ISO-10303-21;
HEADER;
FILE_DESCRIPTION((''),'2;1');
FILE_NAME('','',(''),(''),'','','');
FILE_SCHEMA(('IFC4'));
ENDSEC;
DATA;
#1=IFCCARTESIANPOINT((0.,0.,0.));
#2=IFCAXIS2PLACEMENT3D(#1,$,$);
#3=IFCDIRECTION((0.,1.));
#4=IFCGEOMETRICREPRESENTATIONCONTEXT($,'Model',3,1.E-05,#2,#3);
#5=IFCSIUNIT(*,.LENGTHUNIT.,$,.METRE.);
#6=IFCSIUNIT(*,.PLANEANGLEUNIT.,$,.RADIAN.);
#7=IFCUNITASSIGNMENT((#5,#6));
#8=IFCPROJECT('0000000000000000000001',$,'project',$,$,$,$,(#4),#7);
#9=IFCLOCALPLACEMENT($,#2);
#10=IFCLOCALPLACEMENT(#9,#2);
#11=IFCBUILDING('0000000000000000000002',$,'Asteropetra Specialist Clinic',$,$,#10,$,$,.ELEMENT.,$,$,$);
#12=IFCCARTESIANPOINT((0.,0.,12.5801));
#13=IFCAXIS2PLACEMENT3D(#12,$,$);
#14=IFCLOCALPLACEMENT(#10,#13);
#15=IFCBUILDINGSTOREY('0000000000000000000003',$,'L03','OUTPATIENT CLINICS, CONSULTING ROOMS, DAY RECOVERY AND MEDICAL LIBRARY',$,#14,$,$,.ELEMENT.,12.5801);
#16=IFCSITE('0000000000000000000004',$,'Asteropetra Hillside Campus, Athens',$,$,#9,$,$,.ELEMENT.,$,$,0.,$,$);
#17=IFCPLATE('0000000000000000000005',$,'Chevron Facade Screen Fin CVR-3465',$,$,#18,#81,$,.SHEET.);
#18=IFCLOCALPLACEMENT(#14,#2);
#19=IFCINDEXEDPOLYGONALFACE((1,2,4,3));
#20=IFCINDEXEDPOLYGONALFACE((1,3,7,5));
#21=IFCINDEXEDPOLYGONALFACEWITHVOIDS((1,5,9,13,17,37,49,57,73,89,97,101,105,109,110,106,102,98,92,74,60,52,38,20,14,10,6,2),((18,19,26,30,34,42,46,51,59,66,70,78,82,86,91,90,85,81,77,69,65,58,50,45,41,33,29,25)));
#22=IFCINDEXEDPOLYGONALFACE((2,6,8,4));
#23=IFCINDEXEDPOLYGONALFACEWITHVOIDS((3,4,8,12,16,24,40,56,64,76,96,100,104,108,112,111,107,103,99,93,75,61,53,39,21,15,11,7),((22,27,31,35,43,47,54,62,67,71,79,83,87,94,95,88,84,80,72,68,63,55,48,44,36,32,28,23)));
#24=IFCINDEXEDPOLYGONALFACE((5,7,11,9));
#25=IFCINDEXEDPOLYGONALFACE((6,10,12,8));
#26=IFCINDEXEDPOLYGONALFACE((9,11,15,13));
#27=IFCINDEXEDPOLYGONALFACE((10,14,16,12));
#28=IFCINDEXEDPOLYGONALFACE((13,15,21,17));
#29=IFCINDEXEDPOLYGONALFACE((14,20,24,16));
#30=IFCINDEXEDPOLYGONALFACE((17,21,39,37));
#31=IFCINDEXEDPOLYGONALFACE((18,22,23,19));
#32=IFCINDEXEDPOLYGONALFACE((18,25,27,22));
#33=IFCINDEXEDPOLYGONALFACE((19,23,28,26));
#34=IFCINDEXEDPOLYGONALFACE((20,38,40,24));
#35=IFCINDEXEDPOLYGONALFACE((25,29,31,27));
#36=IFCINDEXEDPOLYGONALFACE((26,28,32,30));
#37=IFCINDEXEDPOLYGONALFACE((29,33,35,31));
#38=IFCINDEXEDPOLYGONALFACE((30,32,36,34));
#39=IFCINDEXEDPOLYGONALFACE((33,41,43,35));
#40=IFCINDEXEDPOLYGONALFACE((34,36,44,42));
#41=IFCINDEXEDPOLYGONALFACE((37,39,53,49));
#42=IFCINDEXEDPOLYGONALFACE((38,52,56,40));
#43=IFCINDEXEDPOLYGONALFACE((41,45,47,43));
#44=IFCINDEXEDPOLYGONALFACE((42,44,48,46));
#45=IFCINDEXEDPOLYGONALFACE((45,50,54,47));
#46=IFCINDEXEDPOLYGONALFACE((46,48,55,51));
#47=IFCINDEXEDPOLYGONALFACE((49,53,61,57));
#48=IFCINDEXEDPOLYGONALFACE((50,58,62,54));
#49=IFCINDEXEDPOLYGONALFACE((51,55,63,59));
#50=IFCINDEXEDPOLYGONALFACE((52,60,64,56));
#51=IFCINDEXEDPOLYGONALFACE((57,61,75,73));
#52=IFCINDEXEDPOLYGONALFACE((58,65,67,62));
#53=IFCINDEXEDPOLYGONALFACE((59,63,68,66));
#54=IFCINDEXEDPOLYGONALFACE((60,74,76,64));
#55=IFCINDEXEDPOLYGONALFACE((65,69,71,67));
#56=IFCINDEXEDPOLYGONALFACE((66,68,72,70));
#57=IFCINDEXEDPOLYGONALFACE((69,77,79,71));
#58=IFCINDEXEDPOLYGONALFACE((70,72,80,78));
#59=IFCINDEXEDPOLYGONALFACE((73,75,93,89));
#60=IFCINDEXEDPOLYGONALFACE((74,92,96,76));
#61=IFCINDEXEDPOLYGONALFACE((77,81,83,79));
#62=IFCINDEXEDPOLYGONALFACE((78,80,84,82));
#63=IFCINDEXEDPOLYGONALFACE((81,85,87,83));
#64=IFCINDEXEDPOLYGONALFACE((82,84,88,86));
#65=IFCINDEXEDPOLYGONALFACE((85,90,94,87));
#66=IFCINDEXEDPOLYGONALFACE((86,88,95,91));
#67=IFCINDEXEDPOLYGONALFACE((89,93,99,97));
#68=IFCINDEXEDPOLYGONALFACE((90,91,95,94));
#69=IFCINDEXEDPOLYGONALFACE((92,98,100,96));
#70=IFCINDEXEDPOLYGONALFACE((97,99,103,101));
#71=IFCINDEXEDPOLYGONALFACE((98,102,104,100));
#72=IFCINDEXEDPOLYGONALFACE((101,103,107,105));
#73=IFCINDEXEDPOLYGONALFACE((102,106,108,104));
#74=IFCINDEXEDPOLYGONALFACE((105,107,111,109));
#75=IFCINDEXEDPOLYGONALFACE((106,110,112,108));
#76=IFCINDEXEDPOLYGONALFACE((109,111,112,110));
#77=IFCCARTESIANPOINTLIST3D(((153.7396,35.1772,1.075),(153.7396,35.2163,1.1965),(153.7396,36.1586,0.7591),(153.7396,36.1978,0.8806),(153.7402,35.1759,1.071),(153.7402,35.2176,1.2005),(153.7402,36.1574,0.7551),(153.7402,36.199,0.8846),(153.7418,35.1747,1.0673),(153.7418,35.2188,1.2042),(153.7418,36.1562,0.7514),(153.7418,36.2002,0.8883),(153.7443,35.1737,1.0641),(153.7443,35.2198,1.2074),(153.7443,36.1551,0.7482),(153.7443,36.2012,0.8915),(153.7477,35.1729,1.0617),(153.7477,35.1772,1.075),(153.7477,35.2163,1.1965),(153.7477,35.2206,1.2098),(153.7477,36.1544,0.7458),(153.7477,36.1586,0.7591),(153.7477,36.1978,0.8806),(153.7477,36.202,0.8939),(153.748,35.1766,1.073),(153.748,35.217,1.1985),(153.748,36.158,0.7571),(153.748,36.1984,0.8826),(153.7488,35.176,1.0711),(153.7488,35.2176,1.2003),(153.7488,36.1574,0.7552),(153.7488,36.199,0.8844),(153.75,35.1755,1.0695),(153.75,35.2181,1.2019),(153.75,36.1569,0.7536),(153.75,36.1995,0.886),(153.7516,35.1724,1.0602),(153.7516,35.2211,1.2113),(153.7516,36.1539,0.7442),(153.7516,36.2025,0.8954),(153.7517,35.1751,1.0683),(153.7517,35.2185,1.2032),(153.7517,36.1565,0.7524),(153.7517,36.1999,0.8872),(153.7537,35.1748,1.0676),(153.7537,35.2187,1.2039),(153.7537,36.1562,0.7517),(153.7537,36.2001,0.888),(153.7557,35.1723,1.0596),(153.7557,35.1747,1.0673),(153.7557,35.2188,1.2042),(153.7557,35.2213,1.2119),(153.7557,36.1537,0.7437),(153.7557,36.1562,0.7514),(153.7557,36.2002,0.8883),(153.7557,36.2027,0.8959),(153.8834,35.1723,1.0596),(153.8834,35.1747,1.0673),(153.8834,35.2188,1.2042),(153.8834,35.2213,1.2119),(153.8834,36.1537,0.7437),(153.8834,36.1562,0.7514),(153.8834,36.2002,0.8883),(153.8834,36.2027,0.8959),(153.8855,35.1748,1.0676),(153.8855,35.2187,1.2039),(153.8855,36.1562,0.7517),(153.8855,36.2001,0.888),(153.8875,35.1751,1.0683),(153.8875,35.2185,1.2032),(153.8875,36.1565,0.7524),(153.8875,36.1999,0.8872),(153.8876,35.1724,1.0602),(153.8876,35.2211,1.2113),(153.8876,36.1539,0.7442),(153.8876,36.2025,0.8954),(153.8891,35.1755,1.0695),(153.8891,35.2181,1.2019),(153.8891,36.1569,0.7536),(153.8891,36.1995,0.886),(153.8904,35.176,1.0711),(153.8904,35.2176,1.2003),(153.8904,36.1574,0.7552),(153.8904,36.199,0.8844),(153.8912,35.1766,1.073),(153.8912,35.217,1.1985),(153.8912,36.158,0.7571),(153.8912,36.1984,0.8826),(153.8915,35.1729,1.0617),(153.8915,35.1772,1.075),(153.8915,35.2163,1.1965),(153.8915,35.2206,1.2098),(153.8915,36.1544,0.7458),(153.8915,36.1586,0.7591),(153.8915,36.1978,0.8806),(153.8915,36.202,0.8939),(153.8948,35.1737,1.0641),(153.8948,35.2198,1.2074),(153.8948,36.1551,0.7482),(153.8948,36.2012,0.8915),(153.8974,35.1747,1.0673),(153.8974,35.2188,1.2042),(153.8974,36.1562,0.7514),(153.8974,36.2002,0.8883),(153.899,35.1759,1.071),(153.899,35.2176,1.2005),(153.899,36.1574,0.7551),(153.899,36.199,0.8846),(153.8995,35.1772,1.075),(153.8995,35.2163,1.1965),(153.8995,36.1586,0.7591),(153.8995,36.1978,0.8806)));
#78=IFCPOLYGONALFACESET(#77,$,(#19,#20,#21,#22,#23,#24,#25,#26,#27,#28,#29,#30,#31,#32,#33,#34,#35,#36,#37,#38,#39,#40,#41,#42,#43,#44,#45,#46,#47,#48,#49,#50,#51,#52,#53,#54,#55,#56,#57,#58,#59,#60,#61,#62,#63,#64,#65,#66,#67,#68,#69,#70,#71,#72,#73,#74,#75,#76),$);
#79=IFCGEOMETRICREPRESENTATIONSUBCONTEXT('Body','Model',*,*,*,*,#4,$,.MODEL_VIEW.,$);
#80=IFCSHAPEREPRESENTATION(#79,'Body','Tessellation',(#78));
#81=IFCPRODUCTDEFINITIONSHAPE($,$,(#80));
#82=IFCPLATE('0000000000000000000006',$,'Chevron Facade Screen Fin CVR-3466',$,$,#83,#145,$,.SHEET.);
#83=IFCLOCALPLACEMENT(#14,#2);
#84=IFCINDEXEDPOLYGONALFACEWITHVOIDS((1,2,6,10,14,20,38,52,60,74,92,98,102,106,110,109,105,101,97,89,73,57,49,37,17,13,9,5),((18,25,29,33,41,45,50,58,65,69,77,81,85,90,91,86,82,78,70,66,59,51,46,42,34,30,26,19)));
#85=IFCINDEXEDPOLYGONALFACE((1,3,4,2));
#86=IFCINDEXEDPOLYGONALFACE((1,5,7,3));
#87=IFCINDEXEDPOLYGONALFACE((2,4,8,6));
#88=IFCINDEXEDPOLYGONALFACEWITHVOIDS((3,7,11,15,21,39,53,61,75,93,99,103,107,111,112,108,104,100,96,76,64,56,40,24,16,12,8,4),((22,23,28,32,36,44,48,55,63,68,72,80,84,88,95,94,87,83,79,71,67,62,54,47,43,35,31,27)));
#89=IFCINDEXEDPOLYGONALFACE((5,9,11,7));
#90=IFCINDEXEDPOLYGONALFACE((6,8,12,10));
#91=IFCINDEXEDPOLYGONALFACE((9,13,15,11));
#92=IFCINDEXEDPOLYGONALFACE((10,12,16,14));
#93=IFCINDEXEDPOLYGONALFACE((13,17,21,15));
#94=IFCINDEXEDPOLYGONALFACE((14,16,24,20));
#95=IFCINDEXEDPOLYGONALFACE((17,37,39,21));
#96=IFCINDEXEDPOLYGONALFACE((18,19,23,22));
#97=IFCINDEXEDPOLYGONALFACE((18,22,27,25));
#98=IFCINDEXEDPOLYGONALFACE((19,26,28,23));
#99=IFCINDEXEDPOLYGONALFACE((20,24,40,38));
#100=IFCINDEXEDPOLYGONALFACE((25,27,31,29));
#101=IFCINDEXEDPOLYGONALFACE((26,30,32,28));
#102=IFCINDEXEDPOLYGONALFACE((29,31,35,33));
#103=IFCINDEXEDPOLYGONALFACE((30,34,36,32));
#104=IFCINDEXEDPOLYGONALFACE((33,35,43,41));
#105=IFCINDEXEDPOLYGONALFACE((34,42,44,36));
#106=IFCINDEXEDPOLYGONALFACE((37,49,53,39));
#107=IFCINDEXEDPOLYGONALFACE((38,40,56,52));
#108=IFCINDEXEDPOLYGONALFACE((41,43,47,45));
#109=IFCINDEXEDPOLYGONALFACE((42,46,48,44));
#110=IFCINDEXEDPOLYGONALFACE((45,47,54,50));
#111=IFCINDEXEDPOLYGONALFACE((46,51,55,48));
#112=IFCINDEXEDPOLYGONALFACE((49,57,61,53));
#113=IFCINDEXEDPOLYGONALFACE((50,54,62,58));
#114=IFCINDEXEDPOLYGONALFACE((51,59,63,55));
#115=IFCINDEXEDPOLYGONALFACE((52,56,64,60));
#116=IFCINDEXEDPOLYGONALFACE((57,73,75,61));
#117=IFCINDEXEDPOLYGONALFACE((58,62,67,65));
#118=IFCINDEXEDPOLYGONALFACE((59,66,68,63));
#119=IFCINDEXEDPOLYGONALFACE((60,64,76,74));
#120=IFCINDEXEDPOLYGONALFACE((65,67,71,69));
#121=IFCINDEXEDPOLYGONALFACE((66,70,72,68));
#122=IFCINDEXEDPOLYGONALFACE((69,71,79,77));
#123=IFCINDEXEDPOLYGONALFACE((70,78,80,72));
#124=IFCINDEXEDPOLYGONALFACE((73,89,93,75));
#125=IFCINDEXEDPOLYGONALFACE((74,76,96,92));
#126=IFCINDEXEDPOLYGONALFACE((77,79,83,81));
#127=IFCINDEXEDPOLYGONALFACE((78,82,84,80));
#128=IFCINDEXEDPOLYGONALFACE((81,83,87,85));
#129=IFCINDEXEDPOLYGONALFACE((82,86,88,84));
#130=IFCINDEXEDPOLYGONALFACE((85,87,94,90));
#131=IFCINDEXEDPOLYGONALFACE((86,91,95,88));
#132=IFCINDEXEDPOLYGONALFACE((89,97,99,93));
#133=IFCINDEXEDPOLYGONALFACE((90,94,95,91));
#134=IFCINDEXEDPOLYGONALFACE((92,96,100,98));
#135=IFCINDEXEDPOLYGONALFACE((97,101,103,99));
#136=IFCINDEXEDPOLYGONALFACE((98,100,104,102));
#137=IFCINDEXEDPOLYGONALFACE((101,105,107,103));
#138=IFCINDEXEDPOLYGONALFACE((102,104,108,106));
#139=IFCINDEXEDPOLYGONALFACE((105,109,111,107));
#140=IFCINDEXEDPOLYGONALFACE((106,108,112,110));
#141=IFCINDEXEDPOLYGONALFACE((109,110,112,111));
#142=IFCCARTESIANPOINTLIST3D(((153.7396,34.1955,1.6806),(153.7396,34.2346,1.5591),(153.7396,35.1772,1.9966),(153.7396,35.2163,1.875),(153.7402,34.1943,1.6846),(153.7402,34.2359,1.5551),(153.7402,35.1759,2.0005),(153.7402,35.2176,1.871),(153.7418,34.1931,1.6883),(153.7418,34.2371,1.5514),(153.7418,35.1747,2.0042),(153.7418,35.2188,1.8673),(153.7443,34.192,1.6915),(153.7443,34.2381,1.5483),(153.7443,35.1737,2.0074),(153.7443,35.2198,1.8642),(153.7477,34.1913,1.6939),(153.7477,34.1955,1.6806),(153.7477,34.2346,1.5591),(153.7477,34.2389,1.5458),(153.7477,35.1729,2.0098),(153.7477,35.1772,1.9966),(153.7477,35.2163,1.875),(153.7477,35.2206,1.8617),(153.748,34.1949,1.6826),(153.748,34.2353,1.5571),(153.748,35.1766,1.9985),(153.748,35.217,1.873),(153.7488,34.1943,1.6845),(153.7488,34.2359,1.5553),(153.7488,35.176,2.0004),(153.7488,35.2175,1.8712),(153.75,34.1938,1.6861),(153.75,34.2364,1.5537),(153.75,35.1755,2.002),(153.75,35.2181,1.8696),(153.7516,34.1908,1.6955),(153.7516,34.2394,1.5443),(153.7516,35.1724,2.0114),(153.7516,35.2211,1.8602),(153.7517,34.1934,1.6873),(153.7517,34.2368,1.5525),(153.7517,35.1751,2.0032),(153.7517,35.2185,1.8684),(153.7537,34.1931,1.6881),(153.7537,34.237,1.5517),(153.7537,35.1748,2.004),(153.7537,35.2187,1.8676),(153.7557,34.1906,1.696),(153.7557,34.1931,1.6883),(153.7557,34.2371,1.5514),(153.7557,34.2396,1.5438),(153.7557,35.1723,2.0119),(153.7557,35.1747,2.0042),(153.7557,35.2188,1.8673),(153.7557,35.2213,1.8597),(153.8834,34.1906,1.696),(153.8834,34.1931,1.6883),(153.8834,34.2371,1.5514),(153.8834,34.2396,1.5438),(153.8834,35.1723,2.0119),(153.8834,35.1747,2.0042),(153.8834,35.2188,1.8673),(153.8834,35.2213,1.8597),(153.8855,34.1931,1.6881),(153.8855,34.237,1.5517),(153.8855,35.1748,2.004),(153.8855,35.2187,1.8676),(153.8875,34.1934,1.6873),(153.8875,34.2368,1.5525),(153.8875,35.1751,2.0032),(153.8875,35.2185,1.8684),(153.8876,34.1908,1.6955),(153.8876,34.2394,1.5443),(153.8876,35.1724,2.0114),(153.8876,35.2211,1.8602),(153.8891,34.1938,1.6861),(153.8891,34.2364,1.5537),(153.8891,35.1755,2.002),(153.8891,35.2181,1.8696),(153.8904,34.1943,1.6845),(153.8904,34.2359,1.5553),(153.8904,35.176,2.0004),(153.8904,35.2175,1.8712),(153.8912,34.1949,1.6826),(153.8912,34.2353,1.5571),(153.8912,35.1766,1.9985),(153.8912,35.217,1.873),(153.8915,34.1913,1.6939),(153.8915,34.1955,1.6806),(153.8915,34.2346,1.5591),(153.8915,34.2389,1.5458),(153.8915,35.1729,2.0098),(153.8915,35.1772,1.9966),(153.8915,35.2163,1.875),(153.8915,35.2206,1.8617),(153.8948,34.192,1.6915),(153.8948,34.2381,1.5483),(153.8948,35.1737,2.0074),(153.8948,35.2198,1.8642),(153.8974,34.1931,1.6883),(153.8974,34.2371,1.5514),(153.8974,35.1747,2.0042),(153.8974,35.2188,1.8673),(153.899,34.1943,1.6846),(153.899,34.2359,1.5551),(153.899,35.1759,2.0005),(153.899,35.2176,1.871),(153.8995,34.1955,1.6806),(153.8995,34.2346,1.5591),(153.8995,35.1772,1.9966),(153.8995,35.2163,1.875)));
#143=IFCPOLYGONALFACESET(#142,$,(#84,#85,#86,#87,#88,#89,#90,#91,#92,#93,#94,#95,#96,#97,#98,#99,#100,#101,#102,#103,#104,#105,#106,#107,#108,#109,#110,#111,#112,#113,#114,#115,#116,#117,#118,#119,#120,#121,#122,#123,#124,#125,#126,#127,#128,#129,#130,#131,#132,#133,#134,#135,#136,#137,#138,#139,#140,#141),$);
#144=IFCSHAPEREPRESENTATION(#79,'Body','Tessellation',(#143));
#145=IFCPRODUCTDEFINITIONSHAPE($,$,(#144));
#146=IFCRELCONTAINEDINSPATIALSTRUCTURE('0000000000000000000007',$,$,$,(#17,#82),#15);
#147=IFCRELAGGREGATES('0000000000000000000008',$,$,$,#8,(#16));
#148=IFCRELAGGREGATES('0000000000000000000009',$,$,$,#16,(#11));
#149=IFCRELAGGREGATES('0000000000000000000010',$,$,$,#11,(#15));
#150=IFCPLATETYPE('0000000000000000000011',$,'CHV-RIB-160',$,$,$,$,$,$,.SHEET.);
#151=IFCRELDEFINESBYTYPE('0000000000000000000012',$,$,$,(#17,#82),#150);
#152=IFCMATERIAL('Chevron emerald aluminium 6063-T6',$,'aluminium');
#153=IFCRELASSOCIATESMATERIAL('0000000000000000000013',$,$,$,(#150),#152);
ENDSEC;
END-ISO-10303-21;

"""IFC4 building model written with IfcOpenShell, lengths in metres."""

from ifc_helpers import new_model, si_unit, direction, frame, origin, origin_2d, place, context, subcontext, project, spatial, hollow_rectangle, extrude, material, material_profile, profile_set, type_object, element, save


model = new_model("IFC4")

# Units and contexts
model_context = context("Model", 3, precision=1e-05, world=origin(), true_north=direction((0.0, 1.0)))
body_context = subcontext(model_context, "Body", "Model", "MODEL_VIEW")
ifc_project = project(units=[si_unit("LENGTHUNIT", "METRE"), si_unit("PLANEANGLEUNIT", "RADIAN")], contexts=[model_context])

# Site, building, storey
site_placement = place(None, origin())
site = spatial("IfcSite", under=ifc_project, at=site_placement, Name="Asteropetra Hillside Campus, Athens", CompositionType="ELEMENT", RefElevation=0.0)
building_placement = place(site_placement, origin())
building = spatial("IfcBuilding", under=site, at=building_placement, Name="Asteropetra Specialist Clinic", CompositionType="ELEMENT")
storey_placement = place(building_placement, frame((0.0, 0.0, 12.5801)))
storey = spatial("IfcBuildingStorey", under=building, at=storey_placement, Name="L03", Description="OUTPATIENT CLINICS, CONSULTING ROOMS, DAY RECOVERY AND MEDICAL LIBRARY", CompositionType="ELEMENT", Elevation=12.5801)

# Plates
ifc_material_1 = material(Name="Chevron emerald aluminium 6063-T6", Category="aluminium")
ifc_material_profile_1 = material_profile(ifc_material_1, hollow_rectangle(XDim=0.1599, YDim=0.1599, WallThickness=0.0081, InnerFilletRadius=0.0081, OuterFilletRadius=0.0161, at=origin_2d()), Name="SHS 160x160x8.0")
ifc_profile_set_1 = profile_set([ifc_material_profile_1], Name="Chevron emerald aluminium 6063-T6")
plate_type_1 = type_object("IfcPlateType", Name="CHV-RIB-160", PredefinedType="SHEET", material=ifc_profile_set_1)
plate_1_placement = place(storey_placement, frame((153.8196, 35.1968, 1.1357), z_axis=(0.0, 0.9519, -0.306408), x_axis=(-1.0, 0.0, 0.0)))
element("IfcPlate", 1, at=plate_1_placement, inside=storey, type_object=plate_type_1, Name="Chevron Facade Screen Fin CVR-3465", PredefinedType="SHEET", context=body_context, shape_type="SweptSolid", body=[
    extrude(hollow_rectangle(XDim=0.1599, YDim=0.1599, WallThickness=0.0081, InnerFilletRadius=0.0081, OuterFilletRadius=0.0161, at=origin_2d()), origin(), (0.0, 0.0, 1.0), 1.031),
])
plate_2_placement = place(storey_placement, frame((153.8196, 34.2151, 1.6199), z_axis=(0.0, 0.951923, 0.306339), x_axis=(-1.0, 0.0, 0.0)))
element("IfcPlate", 2, at=plate_2_placement, inside=storey, type_object=plate_type_1, Name="Chevron Facade Screen Fin CVR-3466", PredefinedType="SHEET", context=body_context, shape_type="SweptSolid", body=[
    extrude(hollow_rectangle(XDim=0.1599, YDim=0.1599, WallThickness=0.0081, InnerFilletRadius=0.0081, OuterFilletRadius=0.0161, at=origin_2d()), origin(), (0.0, 0.0, 1.0), 1.0312),
])

save(model, "model.ifc")
